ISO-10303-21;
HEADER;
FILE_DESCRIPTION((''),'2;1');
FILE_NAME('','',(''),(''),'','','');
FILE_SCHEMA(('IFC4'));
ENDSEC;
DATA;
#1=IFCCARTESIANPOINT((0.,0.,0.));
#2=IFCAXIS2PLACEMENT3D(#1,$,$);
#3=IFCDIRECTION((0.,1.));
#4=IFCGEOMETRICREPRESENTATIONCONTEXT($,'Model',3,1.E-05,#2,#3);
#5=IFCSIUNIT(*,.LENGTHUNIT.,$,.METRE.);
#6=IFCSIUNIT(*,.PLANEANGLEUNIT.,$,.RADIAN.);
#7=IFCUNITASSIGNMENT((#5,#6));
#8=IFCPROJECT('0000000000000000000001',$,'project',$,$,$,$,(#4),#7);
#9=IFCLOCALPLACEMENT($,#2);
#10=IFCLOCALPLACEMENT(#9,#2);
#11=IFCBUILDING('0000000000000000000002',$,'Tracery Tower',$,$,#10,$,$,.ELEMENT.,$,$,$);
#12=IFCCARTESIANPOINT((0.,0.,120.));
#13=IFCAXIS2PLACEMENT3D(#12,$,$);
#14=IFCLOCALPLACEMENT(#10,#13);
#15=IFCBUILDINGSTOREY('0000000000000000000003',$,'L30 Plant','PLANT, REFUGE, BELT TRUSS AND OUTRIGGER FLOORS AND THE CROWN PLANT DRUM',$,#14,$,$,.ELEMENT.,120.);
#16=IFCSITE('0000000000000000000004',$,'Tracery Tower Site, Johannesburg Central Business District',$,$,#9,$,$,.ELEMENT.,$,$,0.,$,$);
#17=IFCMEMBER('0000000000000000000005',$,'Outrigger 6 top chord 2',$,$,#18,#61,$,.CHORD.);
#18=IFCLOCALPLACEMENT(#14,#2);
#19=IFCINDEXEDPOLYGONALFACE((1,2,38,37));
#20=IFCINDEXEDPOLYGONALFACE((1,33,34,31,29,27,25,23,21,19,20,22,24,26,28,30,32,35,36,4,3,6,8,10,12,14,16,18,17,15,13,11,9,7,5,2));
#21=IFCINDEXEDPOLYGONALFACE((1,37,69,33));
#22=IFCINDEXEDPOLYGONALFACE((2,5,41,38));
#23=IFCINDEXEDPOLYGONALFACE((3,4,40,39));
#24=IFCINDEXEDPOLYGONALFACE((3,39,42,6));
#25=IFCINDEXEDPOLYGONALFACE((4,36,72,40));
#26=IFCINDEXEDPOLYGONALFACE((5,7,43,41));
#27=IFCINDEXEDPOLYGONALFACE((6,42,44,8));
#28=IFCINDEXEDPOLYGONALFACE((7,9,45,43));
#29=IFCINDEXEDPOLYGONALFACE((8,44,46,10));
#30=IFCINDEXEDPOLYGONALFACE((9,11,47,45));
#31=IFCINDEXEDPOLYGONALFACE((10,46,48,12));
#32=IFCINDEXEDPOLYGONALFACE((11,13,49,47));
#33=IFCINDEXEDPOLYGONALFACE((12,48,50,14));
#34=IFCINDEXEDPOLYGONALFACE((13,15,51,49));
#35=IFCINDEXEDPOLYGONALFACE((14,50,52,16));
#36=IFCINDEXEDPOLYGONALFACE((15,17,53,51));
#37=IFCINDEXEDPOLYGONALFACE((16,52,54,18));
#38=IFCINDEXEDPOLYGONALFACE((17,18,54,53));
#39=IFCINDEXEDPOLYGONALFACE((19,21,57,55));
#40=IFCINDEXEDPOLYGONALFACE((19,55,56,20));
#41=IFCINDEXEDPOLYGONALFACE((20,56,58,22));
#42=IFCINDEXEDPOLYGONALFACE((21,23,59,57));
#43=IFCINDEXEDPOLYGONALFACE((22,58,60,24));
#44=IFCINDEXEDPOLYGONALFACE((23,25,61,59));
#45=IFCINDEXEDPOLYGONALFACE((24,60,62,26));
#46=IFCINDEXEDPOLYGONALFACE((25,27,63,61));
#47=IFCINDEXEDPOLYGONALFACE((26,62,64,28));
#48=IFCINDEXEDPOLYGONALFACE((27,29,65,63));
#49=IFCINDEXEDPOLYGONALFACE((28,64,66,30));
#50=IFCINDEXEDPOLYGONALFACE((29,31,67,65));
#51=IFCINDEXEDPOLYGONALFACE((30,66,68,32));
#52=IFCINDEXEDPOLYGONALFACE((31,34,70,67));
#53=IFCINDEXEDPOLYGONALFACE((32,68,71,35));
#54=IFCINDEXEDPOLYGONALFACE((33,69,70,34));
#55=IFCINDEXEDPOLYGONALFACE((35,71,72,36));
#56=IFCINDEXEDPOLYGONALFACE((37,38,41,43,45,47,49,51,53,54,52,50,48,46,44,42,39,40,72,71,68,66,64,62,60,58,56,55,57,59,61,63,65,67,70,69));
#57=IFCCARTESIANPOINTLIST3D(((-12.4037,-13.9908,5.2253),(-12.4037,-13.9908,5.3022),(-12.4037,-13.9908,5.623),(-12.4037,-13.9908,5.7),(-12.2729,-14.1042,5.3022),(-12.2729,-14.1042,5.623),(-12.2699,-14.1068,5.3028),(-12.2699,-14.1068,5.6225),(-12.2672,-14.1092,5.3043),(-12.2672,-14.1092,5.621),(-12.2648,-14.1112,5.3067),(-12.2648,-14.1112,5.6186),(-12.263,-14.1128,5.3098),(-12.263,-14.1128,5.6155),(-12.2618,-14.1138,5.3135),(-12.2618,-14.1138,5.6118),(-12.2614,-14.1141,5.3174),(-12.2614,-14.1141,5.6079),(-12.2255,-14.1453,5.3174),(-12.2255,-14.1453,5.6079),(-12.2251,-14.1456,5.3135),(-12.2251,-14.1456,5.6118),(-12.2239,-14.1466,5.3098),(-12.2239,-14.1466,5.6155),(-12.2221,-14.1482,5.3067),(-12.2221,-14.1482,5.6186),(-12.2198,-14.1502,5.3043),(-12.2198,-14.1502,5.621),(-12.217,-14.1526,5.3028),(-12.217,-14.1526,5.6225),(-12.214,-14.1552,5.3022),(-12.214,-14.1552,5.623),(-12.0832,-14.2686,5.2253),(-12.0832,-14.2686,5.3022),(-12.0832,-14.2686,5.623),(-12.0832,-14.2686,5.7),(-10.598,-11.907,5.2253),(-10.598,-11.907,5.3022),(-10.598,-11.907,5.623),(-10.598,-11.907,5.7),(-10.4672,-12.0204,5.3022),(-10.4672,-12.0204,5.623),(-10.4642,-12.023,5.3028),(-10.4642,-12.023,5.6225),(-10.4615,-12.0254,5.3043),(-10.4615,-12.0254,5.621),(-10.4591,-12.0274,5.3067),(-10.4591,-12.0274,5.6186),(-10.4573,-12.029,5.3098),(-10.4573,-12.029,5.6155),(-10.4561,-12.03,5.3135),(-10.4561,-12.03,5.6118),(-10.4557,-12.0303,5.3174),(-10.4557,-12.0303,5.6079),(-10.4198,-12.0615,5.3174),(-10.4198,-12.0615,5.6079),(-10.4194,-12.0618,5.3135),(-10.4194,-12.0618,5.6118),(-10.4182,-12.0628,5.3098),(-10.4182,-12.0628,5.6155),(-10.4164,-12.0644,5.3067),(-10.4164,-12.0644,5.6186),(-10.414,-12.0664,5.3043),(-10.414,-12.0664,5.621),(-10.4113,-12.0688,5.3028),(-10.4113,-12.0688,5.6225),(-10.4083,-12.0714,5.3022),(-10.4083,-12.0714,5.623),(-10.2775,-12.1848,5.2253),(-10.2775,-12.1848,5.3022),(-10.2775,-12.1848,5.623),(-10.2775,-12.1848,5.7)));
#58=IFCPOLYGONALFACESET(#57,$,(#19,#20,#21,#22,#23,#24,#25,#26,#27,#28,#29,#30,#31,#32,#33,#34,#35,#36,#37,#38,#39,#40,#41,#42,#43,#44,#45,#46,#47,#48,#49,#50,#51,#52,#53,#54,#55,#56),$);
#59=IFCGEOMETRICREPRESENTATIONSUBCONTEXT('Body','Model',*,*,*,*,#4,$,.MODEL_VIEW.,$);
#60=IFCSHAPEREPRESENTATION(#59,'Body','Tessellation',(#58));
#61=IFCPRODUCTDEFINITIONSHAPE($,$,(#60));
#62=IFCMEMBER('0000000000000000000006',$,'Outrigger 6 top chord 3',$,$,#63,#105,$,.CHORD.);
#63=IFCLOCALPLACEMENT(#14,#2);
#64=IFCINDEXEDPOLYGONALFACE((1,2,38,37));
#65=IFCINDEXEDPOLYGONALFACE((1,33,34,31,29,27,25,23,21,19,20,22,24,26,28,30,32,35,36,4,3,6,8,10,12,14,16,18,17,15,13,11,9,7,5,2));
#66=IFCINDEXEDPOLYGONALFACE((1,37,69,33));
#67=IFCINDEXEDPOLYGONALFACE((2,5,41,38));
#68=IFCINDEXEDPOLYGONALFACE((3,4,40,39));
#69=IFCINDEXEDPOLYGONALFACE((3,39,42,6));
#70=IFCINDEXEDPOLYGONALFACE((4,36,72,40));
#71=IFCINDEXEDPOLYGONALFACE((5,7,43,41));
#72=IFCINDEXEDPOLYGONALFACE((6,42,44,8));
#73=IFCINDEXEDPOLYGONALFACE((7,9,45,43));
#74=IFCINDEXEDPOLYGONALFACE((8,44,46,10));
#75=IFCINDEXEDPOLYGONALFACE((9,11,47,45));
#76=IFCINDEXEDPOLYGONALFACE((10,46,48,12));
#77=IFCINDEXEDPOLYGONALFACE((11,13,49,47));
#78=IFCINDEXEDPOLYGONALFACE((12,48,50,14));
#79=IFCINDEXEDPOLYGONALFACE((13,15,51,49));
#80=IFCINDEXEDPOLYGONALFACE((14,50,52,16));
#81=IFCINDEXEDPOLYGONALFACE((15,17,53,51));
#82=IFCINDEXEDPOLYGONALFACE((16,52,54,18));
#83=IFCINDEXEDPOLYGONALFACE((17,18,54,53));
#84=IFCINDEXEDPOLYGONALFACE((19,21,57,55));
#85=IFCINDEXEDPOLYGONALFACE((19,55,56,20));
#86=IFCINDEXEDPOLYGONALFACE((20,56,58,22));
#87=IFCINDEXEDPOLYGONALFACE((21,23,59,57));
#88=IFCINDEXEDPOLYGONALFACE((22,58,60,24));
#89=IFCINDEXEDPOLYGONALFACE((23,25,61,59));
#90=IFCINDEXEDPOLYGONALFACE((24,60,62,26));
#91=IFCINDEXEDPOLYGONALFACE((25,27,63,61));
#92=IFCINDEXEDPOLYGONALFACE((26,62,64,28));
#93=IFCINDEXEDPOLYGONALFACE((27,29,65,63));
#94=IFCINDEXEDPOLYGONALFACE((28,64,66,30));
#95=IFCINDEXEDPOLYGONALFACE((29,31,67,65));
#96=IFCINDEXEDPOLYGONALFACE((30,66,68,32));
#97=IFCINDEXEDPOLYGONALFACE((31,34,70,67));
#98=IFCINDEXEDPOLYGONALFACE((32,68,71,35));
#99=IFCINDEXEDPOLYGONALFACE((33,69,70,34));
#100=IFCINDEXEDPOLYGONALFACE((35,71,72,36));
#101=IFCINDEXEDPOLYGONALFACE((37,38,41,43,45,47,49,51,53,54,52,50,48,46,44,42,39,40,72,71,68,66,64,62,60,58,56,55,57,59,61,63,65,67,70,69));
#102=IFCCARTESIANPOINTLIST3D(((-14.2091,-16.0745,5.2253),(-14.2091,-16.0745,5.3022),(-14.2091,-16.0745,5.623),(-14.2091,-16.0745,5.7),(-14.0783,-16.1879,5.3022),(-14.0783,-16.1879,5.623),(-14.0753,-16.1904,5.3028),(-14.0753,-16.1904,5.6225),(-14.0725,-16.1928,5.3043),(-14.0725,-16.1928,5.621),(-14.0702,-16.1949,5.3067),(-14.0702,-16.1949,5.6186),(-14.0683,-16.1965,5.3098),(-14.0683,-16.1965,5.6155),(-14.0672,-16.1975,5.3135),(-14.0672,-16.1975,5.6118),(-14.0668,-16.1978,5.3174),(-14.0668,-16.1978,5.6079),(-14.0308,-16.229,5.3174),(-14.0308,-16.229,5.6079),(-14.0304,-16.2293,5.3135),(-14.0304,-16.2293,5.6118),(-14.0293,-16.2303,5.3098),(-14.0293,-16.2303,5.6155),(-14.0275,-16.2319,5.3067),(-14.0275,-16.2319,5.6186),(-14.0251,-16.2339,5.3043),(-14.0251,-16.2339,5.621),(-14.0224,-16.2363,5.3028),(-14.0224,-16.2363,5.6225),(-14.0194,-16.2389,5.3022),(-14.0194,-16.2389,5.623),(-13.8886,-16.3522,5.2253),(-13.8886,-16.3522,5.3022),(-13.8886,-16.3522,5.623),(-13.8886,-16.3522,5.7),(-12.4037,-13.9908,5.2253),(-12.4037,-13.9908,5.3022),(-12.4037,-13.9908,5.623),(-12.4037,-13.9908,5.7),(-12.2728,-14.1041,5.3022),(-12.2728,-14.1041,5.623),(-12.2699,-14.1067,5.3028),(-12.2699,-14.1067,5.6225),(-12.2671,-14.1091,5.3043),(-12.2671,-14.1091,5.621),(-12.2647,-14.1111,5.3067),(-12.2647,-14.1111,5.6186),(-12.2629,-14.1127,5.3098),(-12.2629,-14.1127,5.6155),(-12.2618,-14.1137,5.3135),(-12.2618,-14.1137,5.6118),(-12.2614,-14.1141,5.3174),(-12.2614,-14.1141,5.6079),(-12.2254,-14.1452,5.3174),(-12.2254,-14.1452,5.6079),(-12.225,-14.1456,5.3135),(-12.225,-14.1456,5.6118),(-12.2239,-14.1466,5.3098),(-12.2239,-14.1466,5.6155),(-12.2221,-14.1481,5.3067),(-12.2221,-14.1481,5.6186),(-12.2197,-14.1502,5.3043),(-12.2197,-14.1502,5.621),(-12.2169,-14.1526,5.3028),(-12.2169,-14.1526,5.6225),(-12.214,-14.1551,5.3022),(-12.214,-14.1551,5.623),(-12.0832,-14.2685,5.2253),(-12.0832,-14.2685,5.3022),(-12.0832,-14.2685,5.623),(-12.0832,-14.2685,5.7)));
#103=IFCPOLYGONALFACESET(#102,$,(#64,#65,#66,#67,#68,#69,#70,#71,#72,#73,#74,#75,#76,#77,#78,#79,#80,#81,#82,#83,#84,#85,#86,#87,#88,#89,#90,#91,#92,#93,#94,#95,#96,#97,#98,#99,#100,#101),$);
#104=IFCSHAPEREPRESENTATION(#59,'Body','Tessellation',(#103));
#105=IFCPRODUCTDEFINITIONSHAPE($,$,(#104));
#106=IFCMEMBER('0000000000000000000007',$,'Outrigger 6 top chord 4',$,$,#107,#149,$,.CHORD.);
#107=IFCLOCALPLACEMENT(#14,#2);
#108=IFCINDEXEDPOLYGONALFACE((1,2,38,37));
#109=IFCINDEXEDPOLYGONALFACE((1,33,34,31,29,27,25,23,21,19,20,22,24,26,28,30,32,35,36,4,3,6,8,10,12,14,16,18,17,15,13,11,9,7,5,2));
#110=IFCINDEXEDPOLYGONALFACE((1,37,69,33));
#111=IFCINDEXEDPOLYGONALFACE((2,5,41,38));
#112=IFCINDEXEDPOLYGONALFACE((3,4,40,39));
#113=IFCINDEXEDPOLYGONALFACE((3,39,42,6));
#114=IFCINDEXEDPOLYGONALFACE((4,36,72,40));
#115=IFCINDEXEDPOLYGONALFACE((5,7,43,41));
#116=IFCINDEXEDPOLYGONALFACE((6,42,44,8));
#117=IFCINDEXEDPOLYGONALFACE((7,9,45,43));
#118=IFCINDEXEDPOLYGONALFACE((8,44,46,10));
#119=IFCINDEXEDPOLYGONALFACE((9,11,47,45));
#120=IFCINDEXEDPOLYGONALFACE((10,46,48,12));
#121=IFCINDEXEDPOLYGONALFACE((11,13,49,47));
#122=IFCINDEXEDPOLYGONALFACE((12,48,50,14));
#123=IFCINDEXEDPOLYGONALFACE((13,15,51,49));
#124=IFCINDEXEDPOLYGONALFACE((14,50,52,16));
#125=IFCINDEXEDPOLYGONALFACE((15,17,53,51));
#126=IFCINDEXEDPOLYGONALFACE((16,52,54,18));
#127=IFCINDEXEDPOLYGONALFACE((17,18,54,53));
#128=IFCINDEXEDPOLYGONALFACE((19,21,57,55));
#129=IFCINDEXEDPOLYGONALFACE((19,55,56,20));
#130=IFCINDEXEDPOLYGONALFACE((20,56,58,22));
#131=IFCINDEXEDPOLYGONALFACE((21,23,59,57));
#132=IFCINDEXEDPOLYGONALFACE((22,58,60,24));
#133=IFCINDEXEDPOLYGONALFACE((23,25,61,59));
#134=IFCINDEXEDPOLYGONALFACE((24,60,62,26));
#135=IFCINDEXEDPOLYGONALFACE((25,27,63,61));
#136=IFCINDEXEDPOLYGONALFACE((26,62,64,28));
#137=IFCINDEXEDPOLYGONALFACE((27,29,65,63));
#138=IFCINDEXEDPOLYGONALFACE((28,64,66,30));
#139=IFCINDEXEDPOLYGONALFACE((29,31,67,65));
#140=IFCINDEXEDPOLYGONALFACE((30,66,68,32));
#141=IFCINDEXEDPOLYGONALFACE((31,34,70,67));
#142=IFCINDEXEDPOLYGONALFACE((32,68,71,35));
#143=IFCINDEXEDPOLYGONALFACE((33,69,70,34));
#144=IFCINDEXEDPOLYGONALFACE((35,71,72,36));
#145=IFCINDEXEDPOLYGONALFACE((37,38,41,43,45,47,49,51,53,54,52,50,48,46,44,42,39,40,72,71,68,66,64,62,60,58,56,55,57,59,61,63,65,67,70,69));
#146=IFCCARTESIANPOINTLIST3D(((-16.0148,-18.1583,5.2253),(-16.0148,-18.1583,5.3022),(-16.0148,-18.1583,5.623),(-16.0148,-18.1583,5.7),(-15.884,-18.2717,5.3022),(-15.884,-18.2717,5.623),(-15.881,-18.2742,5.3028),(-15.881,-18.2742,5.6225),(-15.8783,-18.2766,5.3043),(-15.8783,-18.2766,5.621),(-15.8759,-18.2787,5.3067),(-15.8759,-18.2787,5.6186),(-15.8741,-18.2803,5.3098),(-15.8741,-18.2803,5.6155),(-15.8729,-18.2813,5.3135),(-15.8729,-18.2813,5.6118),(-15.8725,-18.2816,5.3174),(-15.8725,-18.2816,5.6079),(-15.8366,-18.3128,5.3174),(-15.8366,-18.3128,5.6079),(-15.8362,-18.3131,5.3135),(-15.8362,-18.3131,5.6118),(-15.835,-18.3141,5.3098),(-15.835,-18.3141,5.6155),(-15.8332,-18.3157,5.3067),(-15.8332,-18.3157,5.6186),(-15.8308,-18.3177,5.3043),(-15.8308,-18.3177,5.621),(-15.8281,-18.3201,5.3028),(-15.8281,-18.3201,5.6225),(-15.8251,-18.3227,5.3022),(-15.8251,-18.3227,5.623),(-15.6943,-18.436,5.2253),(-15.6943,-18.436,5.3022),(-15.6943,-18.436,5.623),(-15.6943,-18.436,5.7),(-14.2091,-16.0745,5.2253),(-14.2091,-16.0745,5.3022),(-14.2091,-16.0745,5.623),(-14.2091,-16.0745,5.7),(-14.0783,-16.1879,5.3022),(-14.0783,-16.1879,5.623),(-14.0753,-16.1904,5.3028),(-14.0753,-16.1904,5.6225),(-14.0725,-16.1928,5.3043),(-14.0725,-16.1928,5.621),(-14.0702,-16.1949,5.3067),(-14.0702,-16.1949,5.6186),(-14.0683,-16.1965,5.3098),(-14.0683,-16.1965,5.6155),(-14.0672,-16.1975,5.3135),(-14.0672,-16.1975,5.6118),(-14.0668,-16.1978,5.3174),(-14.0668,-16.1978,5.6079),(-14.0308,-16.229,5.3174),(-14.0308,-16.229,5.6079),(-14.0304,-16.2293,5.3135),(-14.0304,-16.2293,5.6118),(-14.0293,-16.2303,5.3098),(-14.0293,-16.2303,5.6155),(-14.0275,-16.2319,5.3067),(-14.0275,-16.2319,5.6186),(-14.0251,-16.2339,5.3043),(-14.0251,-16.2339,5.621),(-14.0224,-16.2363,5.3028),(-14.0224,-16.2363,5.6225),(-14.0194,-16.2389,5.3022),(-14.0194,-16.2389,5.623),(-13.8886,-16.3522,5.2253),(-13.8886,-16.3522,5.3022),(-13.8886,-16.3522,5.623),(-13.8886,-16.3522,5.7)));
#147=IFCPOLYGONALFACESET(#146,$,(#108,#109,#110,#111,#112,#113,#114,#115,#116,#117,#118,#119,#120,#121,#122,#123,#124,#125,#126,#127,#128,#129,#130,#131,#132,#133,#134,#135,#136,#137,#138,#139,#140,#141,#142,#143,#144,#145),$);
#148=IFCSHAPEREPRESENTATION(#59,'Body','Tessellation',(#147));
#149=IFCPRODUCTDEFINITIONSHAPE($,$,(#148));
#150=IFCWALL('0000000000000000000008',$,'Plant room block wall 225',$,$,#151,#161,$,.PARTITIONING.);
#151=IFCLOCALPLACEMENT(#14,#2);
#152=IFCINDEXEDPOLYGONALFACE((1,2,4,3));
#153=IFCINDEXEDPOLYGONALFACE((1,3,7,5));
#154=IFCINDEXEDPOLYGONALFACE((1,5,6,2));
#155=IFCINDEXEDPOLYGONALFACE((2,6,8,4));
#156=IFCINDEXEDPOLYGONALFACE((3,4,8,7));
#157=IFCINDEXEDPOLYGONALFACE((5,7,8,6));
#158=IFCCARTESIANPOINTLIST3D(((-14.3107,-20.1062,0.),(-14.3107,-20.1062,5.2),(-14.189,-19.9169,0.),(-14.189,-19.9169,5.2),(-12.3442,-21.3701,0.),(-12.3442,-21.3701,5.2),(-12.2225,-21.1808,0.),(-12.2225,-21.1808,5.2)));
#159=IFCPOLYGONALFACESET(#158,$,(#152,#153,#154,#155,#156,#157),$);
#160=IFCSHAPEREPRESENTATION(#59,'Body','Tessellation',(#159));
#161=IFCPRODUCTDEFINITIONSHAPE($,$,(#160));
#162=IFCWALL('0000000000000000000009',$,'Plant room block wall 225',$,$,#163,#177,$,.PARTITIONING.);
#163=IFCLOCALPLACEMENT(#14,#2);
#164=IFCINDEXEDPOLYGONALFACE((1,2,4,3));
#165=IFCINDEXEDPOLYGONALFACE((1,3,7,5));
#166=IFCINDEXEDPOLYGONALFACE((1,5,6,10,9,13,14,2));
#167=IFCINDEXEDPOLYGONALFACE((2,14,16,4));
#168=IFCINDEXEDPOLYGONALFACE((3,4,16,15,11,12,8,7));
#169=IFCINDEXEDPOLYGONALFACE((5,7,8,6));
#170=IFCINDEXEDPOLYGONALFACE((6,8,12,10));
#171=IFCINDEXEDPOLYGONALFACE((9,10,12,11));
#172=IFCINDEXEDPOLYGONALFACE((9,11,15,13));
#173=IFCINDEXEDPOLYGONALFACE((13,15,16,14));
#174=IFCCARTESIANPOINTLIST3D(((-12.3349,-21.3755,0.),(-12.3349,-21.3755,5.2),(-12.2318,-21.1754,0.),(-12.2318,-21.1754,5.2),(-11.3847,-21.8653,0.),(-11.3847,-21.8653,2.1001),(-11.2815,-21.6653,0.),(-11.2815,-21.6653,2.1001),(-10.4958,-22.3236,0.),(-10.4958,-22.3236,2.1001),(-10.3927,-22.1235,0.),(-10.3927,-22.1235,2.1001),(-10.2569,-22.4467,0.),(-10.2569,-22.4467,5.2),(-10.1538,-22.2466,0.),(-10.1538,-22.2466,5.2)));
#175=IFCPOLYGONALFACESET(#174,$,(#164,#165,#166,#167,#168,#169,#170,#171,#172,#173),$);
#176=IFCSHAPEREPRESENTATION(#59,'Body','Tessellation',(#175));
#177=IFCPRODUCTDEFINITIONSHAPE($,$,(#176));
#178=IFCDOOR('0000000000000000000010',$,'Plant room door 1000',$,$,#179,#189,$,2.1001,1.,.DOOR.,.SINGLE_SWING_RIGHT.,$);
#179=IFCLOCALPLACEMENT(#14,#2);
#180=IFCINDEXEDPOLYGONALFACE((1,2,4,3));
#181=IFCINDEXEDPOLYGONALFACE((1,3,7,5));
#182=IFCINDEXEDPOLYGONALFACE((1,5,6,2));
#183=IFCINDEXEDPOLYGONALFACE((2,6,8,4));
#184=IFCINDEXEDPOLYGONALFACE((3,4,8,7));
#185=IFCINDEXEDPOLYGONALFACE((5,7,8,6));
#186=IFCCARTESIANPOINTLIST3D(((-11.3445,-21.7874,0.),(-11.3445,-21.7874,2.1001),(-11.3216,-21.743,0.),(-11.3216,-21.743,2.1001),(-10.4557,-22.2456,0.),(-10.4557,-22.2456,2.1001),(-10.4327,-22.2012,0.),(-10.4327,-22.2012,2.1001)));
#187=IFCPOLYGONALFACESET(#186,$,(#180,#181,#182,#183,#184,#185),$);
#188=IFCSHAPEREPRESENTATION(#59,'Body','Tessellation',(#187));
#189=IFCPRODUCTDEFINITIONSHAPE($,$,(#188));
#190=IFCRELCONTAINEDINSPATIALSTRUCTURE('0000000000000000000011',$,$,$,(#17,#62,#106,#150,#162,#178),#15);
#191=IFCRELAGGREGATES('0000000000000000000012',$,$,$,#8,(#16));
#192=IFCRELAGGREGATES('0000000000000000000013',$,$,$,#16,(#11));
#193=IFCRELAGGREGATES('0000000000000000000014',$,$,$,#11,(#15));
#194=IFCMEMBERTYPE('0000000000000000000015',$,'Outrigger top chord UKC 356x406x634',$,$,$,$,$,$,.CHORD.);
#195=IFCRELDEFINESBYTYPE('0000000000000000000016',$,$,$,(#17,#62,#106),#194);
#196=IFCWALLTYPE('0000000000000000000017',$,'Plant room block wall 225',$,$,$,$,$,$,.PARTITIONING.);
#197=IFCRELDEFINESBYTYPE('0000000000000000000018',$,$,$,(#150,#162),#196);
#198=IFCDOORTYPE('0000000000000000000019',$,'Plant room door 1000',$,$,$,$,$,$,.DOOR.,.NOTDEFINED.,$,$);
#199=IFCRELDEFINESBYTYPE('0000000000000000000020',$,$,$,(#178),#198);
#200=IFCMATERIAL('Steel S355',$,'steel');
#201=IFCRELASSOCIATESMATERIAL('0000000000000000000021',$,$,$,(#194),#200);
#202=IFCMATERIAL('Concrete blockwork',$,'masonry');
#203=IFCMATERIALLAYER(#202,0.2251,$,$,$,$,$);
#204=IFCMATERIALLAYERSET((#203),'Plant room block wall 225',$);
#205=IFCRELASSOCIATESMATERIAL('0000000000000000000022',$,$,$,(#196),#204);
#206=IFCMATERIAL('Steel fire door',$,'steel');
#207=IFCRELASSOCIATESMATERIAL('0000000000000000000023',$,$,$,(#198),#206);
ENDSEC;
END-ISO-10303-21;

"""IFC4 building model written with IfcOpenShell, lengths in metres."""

from ifc_helpers import new_model, si_unit, direction, frame, frame_2d, origin, origin_2d, place, context, subcontext, project, spatial, rectangle, i_section, extrude, material, layer, layer_set, material_profile, profile_set, type_object, element, fill, save


model = new_model("IFC4")

# Units and contexts
model_context = context("Model", 3, precision=1e-05, world=origin(), true_north=direction((0.0, 1.0)))
body_context = subcontext(model_context, "Body", "Model", "MODEL_VIEW")
ifc_project = project(units=[si_unit("LENGTHUNIT", "METRE"), si_unit("PLANEANGLEUNIT", "RADIAN")], contexts=[model_context])

# Site, building, storey
site_placement = place(None, origin())
site = spatial("IfcSite", under=ifc_project, at=site_placement, Name="Tracery Tower Site, Johannesburg Central Business District", CompositionType="ELEMENT", RefElevation=0.0)
building_placement = place(site_placement, origin())
building = spatial("IfcBuilding", under=site, at=building_placement, Name="Tracery Tower", CompositionType="ELEMENT")
storey_placement = place(building_placement, frame((0.0, 0.0, 120.0)))
storey = spatial("IfcBuildingStorey", under=building, at=storey_placement, Name="L30 Plant", Description="PLANT, REFUGE, BELT TRUSS AND OUTRIGGER FLOORS AND THE CROWN PLANT DRUM", CompositionType="ELEMENT", Elevation=120.0)

# Members
ifc_material_1 = material(Name="Steel S355", Category="steel")
ifc_material_profile_1 = material_profile(ifc_material_1, i_section(OverallWidth=0.4241, OverallDepth=0.4746, WebThickness=0.0476, FlangeThickness=0.0769, FilletRadius=0.0151, at=origin_2d()), Name="UKC 356x406x634")
ifc_profile_set_1 = profile_set([ifc_material_profile_1], Name="Steel S355")
member_type_1 = type_object("IfcMemberType", Name="Outrigger top chord UKC 356x406x634", PredefinedType="CHORD", material=ifc_profile_set_1)
member_1_placement = place(storey_placement, frame((-10.4377, -12.0459, 5.4626), z_axis=(-0.65488, -0.755733, 0.0), x_axis=(0.755733, -0.65488, 0.0)))
element("IfcMember", 1, at=member_1_placement, inside=storey, type_object=member_type_1, Name="Outrigger 6 top chord 2", PredefinedType="CHORD", context=body_context, shape_type="SweptSolid", body=[
    extrude(i_section(OverallWidth=0.4241, OverallDepth=0.4746, WebThickness=0.0476, FlangeThickness=0.0769, FilletRadius=0.0151, at=origin_2d()), origin(), (0.0, 0.0, 1.0), 2.7573),
])
member_2_placement = place(storey_placement, frame((-12.2434, -14.1296, 5.4626), z_axis=(-0.654829, -0.755777, 0.0), x_axis=(0.755777, -0.654829, 0.0)))
element("IfcMember", 2, at=member_2_placement, inside=storey, type_object=member_type_1, Name="Outrigger 6 top chord 3", PredefinedType="CHORD", context=body_context, shape_type="SweptSolid", body=[
    extrude(i_section(OverallWidth=0.4241, OverallDepth=0.4746, WebThickness=0.0476, FlangeThickness=0.0769, FilletRadius=0.0151, at=origin_2d()), origin(), (0.0, 0.0, 1.0), 2.7571),
])
member_3_placement = place(storey_placement, frame((-14.0488, -16.2134, 5.4626), z_axis=(-0.65488, -0.755733, 0.0), x_axis=(0.755733, -0.65488, 0.0)))
element("IfcMember", 3, at=member_3_placement, inside=storey, type_object=member_type_1, Name="Outrigger 6 top chord 4", PredefinedType="CHORD", context=body_context, shape_type="SweptSolid", body=[
    extrude(i_section(OverallWidth=0.4241, OverallDepth=0.4746, WebThickness=0.0476, FlangeThickness=0.0769, FilletRadius=0.0151, at=origin_2d()), origin(), (0.0, 0.0, 1.0), 2.7573),
])

# Wall
ifc_material_2 = material(Name="Concrete blockwork", Category="masonry")
ifc_layer = layer(ifc_material_2, 0.2251)
ifc_layer_set = layer_set([ifc_layer], Name="Plant room block wall 225")
wall_type = type_object("IfcWallType", Name="Plant room block wall 225", PredefinedType="PARTITIONING", material=ifc_layer_set)
wall_1_placement = place(storey_placement, frame((-14.25, -20.0115, 0.0), z_axis=(0.0, 0.0, 1.0), x_axis=(0.841236, -0.540668, 0.0)))
element("IfcWall", 4, at=wall_1_placement, inside=storey, type_object=wall_type, Name="Plant room block wall 225", PredefinedType="PARTITIONING", context=body_context, shape_type="SweptSolid", body=[
    extrude(rectangle(XDim=2.3376, YDim=0.2251, at=frame_2d((1.1689, 0.0))), origin(), (0.0, 0.0, 1.0), 5.2),
])

# Wall, opening, door
wall_2_placement = place(storey_placement, frame((-10.2053, -22.3467, 0.0), z_axis=(0.0, 0.0, 1.0), x_axis=(-0.888846, 0.458207, 0.0)))
wall_2 = element("IfcWall", 5, at=wall_2_placement, inside=storey, type_object=wall_type, Name="Plant room block wall 225", PredefinedType="PARTITIONING", context=body_context, shape_type="SweptSolid", body=[
    extrude(rectangle(XDim=2.3379, YDim=0.2251, at=frame_2d((1.1689, 0.0))), origin(), (0.0, 0.0, 1.0), 5.2),
])
opening_1_placement = place(wall_2_placement, frame((0.2688, 0.0, 0.0)))
opening_1 = element("IfcOpeningElement", 6, at=opening_1_placement, cuts=wall_2, PredefinedType="OPENING", context=body_context, shape_type="SweptSolid", body=[
    extrude(rectangle(XDim=1.0, YDim=2.1001, at=frame_2d((0.5, 1.05))), frame((0.0, 0.1125, 0.0), z_axis=(0.0, -1.0, 0.0), x_axis=(1.0, 0.0, 0.0)), (0.0, 0.0, 1.0), 0.2251),
])
ifc_material_3 = material(Name="Steel fire door", Category="steel")
door_type = type_object("IfcDoorType", Name="Plant room door 1000", OperationType="NOTDEFINED", PredefinedType="DOOR", material=ifc_material_3)
door_1_placement = place(opening_1_placement, origin())
door_1 = element("IfcDoor", 7, at=door_1_placement, inside=storey, type_object=door_type, Name="Plant room door 1000", OperationType="SINGLE_SWING_RIGHT", OverallHeight=2.1001, OverallWidth=1.0, PredefinedType="DOOR", context=body_context, shape_type="SweptSolid", body=[
    extrude(rectangle(XDim=1.0, YDim=2.1001, at=frame_2d((0.5, 1.05))), frame((0.0, 0.0249, 0.0), z_axis=(0.0, -1.0, 0.0), x_axis=(1.0, 0.0, 0.0)), (0.0, 0.0, 1.0), 0.05),
])
fill(opening_1, door_1)

save(model, "model.ifc")
